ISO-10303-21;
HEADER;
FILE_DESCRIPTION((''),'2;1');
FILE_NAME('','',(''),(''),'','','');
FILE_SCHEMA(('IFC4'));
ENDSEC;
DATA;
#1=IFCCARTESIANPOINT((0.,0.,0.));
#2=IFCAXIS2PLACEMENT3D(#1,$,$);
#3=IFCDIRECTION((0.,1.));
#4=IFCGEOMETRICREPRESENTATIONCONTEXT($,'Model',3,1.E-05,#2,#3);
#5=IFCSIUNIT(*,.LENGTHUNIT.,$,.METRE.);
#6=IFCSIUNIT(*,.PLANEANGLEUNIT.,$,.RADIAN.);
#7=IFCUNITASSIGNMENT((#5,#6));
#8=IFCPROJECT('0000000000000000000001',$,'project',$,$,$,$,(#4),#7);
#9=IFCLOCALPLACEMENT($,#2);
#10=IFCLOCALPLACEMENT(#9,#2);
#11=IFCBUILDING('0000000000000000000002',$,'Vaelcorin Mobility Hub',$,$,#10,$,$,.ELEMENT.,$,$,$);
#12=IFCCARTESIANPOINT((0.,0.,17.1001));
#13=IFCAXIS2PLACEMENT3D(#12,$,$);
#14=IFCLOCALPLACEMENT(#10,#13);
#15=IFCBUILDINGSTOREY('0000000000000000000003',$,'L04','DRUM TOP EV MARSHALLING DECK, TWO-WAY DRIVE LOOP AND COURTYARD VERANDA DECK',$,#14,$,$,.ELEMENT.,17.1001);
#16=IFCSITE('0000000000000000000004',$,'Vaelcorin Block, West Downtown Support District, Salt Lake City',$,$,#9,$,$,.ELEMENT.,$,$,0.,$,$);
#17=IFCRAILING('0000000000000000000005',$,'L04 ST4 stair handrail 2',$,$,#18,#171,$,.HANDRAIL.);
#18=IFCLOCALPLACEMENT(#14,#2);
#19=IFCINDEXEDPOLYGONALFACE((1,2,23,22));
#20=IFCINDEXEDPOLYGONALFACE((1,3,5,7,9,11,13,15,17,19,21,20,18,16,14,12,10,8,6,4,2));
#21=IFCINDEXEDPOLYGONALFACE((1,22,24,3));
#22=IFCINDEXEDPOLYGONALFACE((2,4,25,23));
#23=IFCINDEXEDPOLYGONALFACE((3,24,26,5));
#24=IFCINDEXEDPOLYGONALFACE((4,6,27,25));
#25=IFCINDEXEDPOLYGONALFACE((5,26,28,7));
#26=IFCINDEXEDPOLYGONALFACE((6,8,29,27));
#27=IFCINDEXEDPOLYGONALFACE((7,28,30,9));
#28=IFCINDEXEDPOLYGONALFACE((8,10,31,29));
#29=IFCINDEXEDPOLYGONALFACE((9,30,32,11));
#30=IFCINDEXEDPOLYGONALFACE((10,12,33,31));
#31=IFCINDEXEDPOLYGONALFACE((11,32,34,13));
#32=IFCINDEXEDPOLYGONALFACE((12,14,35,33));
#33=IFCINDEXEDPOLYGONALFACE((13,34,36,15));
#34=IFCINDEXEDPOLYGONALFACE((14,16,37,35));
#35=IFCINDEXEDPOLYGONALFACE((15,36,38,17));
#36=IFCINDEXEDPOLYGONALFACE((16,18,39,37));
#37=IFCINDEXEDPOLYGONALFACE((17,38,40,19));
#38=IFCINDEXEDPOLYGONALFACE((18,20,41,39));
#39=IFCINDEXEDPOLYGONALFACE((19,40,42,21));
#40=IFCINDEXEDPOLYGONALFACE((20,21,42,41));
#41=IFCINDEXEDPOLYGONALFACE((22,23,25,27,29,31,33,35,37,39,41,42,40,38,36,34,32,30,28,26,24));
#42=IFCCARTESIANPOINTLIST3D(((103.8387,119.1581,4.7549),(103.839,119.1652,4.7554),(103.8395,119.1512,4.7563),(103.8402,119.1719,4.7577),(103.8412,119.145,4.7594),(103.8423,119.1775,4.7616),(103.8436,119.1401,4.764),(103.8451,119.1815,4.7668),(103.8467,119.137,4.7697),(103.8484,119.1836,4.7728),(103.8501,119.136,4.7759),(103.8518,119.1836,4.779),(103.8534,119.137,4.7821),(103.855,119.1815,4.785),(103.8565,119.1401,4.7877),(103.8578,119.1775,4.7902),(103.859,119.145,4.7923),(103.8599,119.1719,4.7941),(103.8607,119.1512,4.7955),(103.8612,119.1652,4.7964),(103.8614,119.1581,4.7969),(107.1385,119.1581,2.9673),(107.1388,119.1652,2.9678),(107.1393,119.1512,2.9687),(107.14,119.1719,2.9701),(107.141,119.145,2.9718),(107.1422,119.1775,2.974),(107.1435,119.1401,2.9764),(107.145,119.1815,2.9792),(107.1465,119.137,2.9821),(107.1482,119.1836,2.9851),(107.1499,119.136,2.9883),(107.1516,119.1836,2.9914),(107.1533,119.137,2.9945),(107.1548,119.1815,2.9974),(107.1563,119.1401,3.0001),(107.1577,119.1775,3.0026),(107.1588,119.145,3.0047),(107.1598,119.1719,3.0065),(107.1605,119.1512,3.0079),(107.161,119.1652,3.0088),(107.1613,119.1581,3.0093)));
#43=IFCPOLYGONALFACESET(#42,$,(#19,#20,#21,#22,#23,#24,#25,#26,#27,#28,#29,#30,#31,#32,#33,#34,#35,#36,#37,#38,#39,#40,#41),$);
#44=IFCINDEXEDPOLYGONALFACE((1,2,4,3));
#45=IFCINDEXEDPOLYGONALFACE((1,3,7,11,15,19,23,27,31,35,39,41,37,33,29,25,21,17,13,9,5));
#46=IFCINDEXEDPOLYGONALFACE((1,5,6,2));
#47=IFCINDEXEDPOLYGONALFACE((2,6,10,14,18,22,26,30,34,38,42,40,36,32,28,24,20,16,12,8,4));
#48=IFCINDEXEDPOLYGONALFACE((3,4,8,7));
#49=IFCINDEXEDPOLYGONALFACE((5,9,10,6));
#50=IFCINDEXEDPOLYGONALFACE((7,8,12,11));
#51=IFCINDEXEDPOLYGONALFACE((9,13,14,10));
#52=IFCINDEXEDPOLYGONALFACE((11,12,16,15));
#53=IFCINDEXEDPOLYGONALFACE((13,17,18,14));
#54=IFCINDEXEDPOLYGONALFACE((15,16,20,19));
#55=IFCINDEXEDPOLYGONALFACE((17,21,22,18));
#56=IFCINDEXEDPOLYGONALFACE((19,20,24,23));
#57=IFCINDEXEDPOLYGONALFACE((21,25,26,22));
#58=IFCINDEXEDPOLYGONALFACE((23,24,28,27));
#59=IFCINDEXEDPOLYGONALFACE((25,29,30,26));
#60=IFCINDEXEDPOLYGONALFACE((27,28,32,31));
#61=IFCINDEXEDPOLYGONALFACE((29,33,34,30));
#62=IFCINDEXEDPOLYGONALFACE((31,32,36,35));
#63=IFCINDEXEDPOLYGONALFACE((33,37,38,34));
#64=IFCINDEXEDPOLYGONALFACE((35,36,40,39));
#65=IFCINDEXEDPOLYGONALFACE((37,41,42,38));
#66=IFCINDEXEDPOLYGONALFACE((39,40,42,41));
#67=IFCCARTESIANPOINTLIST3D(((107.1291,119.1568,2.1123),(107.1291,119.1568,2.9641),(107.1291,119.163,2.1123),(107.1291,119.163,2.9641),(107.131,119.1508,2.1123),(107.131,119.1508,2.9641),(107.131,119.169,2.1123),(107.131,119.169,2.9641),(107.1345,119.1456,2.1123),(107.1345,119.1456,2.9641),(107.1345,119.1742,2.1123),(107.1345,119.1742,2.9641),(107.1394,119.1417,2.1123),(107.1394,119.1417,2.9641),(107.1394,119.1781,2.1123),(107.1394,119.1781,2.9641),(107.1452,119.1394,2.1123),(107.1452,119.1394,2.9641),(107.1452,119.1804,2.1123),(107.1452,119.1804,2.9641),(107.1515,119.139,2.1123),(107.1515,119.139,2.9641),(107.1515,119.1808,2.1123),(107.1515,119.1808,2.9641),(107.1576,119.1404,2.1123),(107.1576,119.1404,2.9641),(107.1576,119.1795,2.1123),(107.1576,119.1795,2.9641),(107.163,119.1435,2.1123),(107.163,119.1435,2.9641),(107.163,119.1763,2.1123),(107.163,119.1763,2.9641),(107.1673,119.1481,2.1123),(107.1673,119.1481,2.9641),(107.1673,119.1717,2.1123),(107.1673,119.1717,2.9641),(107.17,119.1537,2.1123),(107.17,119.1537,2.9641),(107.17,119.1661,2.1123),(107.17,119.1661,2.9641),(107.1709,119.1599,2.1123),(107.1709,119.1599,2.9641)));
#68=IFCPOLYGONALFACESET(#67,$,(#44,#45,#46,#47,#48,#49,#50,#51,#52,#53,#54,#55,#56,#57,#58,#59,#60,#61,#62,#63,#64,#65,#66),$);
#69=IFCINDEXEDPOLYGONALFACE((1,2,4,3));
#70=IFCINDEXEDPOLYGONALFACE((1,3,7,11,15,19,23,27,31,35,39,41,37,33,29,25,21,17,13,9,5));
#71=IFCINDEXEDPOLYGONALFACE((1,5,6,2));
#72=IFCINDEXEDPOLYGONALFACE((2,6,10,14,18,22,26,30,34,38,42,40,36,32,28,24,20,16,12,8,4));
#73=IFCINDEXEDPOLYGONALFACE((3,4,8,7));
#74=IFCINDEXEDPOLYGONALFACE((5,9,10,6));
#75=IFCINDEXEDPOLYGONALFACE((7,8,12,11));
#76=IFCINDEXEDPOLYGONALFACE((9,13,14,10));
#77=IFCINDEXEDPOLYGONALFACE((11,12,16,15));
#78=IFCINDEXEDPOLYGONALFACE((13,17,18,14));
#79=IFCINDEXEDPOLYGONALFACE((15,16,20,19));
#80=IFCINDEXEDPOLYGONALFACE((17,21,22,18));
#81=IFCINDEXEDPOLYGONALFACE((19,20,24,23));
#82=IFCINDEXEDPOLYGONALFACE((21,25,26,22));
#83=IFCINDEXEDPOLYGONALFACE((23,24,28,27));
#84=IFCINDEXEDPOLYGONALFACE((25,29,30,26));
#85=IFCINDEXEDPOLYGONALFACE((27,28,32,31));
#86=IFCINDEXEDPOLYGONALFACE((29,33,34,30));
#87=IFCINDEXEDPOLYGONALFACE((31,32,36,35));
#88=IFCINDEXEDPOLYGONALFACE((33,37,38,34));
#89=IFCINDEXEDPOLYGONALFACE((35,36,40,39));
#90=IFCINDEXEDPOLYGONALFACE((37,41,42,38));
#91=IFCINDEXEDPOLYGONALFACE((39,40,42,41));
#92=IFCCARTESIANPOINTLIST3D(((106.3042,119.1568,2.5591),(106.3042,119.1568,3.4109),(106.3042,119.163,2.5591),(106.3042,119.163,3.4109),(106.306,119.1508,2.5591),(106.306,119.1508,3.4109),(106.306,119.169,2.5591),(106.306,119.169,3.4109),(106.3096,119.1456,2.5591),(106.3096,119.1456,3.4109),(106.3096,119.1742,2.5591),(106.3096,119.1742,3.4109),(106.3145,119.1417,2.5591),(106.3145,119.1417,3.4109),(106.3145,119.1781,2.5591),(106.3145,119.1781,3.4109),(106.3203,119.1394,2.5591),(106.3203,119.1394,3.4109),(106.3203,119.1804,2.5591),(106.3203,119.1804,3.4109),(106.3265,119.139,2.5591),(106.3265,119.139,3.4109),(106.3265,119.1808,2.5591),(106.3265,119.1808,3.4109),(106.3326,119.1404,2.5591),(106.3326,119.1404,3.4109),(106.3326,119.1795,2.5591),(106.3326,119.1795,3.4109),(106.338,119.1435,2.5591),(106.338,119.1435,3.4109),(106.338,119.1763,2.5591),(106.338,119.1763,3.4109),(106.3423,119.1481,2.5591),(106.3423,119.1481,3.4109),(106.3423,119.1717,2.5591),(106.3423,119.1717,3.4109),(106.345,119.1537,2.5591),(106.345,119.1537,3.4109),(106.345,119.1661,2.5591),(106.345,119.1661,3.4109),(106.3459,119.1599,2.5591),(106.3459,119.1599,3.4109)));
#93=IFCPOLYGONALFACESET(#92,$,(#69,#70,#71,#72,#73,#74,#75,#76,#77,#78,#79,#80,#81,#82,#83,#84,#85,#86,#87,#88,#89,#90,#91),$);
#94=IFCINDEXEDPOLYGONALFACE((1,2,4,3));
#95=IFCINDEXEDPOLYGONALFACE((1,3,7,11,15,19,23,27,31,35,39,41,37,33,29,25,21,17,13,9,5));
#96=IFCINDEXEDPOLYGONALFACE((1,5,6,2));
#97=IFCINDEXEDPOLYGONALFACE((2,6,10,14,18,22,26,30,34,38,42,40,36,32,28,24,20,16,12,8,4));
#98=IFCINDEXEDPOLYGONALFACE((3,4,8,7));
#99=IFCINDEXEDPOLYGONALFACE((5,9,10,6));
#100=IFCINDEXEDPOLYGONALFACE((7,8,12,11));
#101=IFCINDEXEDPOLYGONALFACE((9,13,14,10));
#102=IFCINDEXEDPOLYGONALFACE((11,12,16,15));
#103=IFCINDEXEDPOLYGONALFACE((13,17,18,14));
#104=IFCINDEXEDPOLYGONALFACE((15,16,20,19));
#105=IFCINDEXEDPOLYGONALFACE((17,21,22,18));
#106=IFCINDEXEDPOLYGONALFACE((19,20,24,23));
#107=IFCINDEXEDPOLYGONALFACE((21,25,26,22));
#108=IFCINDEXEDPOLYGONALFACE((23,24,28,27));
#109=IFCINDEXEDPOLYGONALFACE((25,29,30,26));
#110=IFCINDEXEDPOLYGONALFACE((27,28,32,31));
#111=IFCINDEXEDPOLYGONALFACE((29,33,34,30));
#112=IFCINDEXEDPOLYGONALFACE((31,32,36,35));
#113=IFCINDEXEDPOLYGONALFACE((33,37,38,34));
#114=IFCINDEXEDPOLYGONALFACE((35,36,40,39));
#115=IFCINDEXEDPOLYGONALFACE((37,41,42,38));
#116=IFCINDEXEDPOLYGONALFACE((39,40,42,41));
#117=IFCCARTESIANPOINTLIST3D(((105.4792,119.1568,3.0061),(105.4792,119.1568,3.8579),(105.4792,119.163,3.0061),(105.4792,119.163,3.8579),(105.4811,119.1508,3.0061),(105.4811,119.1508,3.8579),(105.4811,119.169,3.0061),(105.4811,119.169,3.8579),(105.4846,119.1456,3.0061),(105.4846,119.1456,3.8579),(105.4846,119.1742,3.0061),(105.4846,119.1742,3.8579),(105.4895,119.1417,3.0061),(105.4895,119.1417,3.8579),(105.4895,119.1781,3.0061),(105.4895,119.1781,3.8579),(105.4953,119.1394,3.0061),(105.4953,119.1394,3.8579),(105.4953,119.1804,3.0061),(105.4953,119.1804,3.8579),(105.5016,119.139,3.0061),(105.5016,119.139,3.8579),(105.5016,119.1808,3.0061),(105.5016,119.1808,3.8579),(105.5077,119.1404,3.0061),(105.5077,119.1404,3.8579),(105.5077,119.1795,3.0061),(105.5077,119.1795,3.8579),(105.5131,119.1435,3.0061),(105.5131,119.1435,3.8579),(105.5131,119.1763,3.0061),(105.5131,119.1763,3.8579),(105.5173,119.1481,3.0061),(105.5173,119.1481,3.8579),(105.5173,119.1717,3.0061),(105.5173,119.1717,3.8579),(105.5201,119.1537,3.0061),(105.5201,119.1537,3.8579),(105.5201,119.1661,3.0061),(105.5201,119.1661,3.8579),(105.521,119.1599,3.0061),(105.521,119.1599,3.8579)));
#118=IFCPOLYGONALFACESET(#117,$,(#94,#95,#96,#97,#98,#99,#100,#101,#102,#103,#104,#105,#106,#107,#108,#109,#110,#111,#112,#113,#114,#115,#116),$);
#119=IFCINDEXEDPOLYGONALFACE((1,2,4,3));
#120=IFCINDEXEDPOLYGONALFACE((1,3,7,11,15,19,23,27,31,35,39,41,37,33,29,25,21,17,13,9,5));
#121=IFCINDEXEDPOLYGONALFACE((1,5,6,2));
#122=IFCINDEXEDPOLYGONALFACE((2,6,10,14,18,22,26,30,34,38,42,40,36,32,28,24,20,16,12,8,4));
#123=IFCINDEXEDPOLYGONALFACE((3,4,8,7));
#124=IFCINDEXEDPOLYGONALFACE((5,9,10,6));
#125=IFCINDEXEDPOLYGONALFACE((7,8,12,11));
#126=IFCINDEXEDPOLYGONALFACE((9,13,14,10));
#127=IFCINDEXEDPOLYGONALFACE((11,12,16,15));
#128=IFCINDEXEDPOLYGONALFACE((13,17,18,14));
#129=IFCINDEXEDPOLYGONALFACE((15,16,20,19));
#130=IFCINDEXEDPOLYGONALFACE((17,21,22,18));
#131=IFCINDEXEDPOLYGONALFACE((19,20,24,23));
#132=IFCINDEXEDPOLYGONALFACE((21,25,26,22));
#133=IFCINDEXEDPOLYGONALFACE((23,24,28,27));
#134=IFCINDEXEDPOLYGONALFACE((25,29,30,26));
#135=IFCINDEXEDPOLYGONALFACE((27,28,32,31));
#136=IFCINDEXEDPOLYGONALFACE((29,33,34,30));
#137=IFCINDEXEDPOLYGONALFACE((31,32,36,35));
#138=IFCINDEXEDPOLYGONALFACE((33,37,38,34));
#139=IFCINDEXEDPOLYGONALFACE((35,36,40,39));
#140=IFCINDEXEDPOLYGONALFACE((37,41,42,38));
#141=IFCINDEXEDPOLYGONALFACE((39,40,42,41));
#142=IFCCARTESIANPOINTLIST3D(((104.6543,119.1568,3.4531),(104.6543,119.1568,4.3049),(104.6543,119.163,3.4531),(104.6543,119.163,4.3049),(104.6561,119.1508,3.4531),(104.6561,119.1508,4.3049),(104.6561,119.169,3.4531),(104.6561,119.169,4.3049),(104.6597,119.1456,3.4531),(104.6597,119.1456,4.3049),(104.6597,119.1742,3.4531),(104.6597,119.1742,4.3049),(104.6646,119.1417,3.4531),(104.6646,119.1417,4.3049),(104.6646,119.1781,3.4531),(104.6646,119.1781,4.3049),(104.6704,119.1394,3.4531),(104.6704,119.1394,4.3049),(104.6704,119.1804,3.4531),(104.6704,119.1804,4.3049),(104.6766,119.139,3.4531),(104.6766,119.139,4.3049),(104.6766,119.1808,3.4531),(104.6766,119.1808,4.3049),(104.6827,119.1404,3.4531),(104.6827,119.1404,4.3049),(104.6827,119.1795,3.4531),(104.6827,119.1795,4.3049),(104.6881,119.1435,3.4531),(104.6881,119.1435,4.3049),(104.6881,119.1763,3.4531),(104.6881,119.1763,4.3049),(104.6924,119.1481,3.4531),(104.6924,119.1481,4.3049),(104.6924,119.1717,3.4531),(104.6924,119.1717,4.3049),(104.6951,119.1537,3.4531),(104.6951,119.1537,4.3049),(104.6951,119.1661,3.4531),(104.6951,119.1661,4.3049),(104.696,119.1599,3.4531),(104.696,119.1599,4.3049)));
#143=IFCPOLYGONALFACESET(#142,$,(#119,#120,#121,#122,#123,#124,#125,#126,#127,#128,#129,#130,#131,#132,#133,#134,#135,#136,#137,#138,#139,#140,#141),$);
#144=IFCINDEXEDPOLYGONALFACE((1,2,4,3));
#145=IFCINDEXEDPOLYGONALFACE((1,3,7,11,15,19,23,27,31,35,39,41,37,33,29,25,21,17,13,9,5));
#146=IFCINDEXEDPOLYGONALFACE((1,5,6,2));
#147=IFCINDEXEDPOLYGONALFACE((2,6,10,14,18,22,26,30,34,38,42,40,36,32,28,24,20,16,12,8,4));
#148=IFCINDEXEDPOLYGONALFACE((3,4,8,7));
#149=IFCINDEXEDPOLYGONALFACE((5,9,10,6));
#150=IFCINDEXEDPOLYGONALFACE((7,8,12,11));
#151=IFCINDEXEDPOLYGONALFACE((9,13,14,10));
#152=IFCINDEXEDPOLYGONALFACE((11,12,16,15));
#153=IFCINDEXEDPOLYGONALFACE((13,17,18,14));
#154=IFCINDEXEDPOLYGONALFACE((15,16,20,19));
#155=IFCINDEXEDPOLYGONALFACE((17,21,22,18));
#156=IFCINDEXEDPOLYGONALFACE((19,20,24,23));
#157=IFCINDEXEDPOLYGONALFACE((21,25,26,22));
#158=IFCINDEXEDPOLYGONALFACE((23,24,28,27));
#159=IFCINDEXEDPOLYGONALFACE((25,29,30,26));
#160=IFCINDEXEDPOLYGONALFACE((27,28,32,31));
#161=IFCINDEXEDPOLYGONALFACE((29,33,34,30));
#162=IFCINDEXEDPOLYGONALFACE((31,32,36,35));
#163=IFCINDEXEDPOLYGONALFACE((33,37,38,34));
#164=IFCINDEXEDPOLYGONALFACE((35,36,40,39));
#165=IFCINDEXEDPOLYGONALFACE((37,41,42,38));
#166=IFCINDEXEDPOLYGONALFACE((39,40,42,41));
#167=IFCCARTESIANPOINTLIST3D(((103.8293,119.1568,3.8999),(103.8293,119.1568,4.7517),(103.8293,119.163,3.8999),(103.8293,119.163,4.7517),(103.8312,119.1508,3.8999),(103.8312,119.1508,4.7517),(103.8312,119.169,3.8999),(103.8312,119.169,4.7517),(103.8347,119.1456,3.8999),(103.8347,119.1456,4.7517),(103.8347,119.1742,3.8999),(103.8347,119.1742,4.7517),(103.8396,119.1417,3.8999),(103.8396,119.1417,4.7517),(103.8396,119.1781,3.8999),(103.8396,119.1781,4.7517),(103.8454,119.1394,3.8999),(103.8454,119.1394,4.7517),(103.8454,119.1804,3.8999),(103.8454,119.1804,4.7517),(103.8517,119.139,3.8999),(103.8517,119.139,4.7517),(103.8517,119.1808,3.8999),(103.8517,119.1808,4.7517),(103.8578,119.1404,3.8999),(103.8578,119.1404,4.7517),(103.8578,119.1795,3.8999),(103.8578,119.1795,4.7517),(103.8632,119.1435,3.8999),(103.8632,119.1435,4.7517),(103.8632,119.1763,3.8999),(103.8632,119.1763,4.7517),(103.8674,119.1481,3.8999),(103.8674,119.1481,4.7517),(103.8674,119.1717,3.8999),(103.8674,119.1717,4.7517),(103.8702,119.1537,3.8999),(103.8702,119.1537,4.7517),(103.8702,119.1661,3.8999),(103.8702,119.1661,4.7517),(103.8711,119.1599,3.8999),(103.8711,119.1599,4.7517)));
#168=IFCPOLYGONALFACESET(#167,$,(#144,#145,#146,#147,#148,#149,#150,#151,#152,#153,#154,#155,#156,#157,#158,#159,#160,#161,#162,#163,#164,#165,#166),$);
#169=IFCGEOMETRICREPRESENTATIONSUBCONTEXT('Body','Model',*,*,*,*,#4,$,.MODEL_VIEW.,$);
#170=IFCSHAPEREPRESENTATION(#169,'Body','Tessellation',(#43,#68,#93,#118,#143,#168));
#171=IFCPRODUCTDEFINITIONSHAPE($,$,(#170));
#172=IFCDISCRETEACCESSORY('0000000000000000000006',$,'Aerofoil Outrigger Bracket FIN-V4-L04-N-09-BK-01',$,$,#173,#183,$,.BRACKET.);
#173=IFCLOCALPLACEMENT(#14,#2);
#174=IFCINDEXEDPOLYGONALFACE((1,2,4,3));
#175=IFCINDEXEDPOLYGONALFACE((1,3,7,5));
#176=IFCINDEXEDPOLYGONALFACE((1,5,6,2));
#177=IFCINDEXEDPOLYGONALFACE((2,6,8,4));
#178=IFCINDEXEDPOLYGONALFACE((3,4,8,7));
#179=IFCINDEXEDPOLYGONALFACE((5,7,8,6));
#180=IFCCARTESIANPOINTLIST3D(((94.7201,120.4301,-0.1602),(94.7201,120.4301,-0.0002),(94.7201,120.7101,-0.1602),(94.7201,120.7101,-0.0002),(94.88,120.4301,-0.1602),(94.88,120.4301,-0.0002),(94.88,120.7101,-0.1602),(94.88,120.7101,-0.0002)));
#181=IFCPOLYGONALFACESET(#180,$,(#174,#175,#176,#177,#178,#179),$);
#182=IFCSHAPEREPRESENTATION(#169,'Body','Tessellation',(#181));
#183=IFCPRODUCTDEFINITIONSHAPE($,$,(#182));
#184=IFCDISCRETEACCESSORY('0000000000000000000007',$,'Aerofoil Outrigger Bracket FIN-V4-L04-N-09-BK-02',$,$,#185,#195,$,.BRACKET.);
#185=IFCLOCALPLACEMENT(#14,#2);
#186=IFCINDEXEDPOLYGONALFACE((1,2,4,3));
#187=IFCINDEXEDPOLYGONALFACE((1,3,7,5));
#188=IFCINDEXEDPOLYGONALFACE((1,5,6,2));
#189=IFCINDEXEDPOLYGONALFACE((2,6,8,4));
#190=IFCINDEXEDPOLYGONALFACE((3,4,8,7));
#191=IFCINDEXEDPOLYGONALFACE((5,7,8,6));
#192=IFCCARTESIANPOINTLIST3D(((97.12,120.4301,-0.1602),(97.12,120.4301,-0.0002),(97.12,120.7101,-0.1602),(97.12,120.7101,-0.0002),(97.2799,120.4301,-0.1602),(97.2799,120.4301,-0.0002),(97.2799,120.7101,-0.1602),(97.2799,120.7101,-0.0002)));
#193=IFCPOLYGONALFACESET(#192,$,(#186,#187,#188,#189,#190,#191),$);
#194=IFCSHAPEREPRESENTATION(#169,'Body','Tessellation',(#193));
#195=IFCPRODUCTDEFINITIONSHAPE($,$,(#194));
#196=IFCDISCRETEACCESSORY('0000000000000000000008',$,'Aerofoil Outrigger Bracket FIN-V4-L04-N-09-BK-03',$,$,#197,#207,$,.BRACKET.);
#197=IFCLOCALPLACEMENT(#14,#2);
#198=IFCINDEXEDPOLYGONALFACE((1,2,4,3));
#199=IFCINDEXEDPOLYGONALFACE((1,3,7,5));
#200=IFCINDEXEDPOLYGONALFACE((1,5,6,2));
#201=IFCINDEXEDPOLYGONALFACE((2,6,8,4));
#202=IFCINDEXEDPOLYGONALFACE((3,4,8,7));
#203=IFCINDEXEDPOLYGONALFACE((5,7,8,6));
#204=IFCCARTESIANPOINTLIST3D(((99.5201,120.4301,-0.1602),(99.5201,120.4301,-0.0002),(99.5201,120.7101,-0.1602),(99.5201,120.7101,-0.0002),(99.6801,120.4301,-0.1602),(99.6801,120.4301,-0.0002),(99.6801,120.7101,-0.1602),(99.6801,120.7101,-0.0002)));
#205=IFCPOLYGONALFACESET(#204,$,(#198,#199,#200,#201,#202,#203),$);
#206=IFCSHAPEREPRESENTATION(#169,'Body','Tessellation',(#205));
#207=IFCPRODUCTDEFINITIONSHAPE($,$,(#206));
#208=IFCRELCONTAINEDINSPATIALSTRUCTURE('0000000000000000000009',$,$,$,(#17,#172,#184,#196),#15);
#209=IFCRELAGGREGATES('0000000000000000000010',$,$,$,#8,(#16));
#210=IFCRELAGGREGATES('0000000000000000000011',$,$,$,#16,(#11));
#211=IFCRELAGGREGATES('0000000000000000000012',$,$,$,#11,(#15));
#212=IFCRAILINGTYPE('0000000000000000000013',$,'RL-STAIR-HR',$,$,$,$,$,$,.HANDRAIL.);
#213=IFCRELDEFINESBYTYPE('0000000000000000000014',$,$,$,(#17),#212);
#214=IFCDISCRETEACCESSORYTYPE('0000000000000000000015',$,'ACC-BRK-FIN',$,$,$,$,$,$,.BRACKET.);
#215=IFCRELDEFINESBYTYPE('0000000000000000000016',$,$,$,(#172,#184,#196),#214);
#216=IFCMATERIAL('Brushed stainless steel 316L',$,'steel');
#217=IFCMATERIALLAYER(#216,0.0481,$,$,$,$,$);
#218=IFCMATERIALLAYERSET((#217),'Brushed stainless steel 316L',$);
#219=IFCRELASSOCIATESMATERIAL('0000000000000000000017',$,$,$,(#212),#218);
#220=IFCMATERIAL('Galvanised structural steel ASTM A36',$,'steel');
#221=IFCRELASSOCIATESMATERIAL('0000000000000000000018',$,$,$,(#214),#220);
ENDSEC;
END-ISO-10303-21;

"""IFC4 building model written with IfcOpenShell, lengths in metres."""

from ifc_helpers import new_model, si_unit, direction, frame, origin, origin_2d, place, context, subcontext, project, spatial, rectangle, circle, extrude, material, layer, layer_set, type_object, element, save


model = new_model("IFC4")

# Units and contexts
model_context = context("Model", 3, precision=1e-05, world=origin(), true_north=direction((0.0, 1.0)))
body_context = subcontext(model_context, "Body", "Model", "MODEL_VIEW")
ifc_project = project(units=[si_unit("LENGTHUNIT", "METRE"), si_unit("PLANEANGLEUNIT", "RADIAN")], contexts=[model_context])

# Site, building, storey
site_placement = place(None, origin())
site = spatial("IfcSite", under=ifc_project, at=site_placement, Name="Vaelcorin Block, West Downtown Support District, Salt Lake City", CompositionType="ELEMENT", RefElevation=0.0)
building_placement = place(site_placement, origin())
building = spatial("IfcBuilding", under=site, at=building_placement, Name="Vaelcorin Mobility Hub", CompositionType="ELEMENT")
storey_placement = place(building_placement, frame((0.0, 0.0, 17.1001)))
storey = spatial("IfcBuildingStorey", under=building, at=storey_placement, Name="L04", Description="DRUM TOP EV MARSHALLING DECK, TWO-WAY DRIVE LOOP AND COURTYARD VERANDA DECK", CompositionType="ELEMENT", Elevation=17.1001)

# Railing
ifc_material_1 = material(Name="Galvanised structural steel ASTM A36", Category="steel")
ifc_material_2 = material(Name="Brushed stainless steel 316L", Category="steel")
ifc_layer_1 = layer(ifc_material_2, 0.0481)
ifc_layer_set_1 = layer_set([ifc_layer_1], Name="Brushed stainless steel 316L")
railing_type_1 = type_object("IfcRailingType", Name="RL-STAIR-HR", PredefinedType="HANDRAIL", material=ifc_layer_set_1)
railing_1_placement = place(storey_placement, frame((107.1499, 119.1599, 2.1123)))
element("IfcRailing", 1, at=railing_1_placement, inside=storey, type_object=railing_type_1, Name="L04 ST4 stair handrail 2", PredefinedType="HANDRAIL", context=body_context, shape_type="SweptSolid", body=[
    extrude(circle(Radius=0.0239, at=origin_2d()), frame((0.0, 0.0, 0.876), z_axis=(-0.879269, 0.0, 0.476325), x_axis=(0.0, -1.0, 0.0)), (0.0, 0.0, 1.0), 3.7529),
    extrude(circle(Radius=0.021, at=origin_2d()), origin(), (0.0, 0.0, 1.0), 0.8518),
    extrude(circle(Radius=0.021, at=origin_2d()), frame((-0.825, 0.0, 0.4468)), (0.0, 0.0, 1.0), 0.8518),
    extrude(circle(Radius=0.021, at=origin_2d()), frame((-1.6499, 0.0, 0.8938)), (0.0, 0.0, 1.0), 0.8518),
    extrude(circle(Radius=0.021, at=origin_2d()), frame((-2.4749, 0.0, 1.3408)), (0.0, 0.0, 1.0), 0.8518),
    extrude(circle(Radius=0.021, at=origin_2d()), frame((-3.2998, 0.0, 1.7876)), (0.0, 0.0, 1.0), 0.8518),
])

# Discrete accessories
discrete_accessory_type = type_object("IfcDiscreteAccessoryType", Name="ACC-BRK-FIN", PredefinedType="BRACKET", material=ifc_material_1)
for number, where, z_axis, x_axis, name in (
    (2, (94.8, 120.5701, -0.1602), (0.0, 0.0, 1.0), (0.0, 1.0, 0.0), "Aerofoil Outrigger Bracket FIN-V4-L04-N-09-BK-01"),
    (3, (97.2, 120.5701, -0.1602), (0.0, 0.0, 1.0), (0.0, 1.0, 0.0), "Aerofoil Outrigger Bracket FIN-V4-L04-N-09-BK-02"),
    (4, (99.6001, 120.5701, -0.1602), (0.0, 0.0, 1.0), (0.0, 1.0, 0.0), "Aerofoil Outrigger Bracket FIN-V4-L04-N-09-BK-03"),
):
    element("IfcDiscreteAccessory", number, at=place(storey_placement, frame(where, z_axis=z_axis, x_axis=x_axis)), inside=storey, type_object=discrete_accessory_type, Name=name, PredefinedType="BRACKET", context=body_context, shape_type="SweptSolid", body=[
        extrude(rectangle(XDim=0.28, YDim=0.1599, at=origin_2d()), origin(), (0.0, 0.0, 1.0), 0.1599),
    ])

save(model, "model.ifc")
